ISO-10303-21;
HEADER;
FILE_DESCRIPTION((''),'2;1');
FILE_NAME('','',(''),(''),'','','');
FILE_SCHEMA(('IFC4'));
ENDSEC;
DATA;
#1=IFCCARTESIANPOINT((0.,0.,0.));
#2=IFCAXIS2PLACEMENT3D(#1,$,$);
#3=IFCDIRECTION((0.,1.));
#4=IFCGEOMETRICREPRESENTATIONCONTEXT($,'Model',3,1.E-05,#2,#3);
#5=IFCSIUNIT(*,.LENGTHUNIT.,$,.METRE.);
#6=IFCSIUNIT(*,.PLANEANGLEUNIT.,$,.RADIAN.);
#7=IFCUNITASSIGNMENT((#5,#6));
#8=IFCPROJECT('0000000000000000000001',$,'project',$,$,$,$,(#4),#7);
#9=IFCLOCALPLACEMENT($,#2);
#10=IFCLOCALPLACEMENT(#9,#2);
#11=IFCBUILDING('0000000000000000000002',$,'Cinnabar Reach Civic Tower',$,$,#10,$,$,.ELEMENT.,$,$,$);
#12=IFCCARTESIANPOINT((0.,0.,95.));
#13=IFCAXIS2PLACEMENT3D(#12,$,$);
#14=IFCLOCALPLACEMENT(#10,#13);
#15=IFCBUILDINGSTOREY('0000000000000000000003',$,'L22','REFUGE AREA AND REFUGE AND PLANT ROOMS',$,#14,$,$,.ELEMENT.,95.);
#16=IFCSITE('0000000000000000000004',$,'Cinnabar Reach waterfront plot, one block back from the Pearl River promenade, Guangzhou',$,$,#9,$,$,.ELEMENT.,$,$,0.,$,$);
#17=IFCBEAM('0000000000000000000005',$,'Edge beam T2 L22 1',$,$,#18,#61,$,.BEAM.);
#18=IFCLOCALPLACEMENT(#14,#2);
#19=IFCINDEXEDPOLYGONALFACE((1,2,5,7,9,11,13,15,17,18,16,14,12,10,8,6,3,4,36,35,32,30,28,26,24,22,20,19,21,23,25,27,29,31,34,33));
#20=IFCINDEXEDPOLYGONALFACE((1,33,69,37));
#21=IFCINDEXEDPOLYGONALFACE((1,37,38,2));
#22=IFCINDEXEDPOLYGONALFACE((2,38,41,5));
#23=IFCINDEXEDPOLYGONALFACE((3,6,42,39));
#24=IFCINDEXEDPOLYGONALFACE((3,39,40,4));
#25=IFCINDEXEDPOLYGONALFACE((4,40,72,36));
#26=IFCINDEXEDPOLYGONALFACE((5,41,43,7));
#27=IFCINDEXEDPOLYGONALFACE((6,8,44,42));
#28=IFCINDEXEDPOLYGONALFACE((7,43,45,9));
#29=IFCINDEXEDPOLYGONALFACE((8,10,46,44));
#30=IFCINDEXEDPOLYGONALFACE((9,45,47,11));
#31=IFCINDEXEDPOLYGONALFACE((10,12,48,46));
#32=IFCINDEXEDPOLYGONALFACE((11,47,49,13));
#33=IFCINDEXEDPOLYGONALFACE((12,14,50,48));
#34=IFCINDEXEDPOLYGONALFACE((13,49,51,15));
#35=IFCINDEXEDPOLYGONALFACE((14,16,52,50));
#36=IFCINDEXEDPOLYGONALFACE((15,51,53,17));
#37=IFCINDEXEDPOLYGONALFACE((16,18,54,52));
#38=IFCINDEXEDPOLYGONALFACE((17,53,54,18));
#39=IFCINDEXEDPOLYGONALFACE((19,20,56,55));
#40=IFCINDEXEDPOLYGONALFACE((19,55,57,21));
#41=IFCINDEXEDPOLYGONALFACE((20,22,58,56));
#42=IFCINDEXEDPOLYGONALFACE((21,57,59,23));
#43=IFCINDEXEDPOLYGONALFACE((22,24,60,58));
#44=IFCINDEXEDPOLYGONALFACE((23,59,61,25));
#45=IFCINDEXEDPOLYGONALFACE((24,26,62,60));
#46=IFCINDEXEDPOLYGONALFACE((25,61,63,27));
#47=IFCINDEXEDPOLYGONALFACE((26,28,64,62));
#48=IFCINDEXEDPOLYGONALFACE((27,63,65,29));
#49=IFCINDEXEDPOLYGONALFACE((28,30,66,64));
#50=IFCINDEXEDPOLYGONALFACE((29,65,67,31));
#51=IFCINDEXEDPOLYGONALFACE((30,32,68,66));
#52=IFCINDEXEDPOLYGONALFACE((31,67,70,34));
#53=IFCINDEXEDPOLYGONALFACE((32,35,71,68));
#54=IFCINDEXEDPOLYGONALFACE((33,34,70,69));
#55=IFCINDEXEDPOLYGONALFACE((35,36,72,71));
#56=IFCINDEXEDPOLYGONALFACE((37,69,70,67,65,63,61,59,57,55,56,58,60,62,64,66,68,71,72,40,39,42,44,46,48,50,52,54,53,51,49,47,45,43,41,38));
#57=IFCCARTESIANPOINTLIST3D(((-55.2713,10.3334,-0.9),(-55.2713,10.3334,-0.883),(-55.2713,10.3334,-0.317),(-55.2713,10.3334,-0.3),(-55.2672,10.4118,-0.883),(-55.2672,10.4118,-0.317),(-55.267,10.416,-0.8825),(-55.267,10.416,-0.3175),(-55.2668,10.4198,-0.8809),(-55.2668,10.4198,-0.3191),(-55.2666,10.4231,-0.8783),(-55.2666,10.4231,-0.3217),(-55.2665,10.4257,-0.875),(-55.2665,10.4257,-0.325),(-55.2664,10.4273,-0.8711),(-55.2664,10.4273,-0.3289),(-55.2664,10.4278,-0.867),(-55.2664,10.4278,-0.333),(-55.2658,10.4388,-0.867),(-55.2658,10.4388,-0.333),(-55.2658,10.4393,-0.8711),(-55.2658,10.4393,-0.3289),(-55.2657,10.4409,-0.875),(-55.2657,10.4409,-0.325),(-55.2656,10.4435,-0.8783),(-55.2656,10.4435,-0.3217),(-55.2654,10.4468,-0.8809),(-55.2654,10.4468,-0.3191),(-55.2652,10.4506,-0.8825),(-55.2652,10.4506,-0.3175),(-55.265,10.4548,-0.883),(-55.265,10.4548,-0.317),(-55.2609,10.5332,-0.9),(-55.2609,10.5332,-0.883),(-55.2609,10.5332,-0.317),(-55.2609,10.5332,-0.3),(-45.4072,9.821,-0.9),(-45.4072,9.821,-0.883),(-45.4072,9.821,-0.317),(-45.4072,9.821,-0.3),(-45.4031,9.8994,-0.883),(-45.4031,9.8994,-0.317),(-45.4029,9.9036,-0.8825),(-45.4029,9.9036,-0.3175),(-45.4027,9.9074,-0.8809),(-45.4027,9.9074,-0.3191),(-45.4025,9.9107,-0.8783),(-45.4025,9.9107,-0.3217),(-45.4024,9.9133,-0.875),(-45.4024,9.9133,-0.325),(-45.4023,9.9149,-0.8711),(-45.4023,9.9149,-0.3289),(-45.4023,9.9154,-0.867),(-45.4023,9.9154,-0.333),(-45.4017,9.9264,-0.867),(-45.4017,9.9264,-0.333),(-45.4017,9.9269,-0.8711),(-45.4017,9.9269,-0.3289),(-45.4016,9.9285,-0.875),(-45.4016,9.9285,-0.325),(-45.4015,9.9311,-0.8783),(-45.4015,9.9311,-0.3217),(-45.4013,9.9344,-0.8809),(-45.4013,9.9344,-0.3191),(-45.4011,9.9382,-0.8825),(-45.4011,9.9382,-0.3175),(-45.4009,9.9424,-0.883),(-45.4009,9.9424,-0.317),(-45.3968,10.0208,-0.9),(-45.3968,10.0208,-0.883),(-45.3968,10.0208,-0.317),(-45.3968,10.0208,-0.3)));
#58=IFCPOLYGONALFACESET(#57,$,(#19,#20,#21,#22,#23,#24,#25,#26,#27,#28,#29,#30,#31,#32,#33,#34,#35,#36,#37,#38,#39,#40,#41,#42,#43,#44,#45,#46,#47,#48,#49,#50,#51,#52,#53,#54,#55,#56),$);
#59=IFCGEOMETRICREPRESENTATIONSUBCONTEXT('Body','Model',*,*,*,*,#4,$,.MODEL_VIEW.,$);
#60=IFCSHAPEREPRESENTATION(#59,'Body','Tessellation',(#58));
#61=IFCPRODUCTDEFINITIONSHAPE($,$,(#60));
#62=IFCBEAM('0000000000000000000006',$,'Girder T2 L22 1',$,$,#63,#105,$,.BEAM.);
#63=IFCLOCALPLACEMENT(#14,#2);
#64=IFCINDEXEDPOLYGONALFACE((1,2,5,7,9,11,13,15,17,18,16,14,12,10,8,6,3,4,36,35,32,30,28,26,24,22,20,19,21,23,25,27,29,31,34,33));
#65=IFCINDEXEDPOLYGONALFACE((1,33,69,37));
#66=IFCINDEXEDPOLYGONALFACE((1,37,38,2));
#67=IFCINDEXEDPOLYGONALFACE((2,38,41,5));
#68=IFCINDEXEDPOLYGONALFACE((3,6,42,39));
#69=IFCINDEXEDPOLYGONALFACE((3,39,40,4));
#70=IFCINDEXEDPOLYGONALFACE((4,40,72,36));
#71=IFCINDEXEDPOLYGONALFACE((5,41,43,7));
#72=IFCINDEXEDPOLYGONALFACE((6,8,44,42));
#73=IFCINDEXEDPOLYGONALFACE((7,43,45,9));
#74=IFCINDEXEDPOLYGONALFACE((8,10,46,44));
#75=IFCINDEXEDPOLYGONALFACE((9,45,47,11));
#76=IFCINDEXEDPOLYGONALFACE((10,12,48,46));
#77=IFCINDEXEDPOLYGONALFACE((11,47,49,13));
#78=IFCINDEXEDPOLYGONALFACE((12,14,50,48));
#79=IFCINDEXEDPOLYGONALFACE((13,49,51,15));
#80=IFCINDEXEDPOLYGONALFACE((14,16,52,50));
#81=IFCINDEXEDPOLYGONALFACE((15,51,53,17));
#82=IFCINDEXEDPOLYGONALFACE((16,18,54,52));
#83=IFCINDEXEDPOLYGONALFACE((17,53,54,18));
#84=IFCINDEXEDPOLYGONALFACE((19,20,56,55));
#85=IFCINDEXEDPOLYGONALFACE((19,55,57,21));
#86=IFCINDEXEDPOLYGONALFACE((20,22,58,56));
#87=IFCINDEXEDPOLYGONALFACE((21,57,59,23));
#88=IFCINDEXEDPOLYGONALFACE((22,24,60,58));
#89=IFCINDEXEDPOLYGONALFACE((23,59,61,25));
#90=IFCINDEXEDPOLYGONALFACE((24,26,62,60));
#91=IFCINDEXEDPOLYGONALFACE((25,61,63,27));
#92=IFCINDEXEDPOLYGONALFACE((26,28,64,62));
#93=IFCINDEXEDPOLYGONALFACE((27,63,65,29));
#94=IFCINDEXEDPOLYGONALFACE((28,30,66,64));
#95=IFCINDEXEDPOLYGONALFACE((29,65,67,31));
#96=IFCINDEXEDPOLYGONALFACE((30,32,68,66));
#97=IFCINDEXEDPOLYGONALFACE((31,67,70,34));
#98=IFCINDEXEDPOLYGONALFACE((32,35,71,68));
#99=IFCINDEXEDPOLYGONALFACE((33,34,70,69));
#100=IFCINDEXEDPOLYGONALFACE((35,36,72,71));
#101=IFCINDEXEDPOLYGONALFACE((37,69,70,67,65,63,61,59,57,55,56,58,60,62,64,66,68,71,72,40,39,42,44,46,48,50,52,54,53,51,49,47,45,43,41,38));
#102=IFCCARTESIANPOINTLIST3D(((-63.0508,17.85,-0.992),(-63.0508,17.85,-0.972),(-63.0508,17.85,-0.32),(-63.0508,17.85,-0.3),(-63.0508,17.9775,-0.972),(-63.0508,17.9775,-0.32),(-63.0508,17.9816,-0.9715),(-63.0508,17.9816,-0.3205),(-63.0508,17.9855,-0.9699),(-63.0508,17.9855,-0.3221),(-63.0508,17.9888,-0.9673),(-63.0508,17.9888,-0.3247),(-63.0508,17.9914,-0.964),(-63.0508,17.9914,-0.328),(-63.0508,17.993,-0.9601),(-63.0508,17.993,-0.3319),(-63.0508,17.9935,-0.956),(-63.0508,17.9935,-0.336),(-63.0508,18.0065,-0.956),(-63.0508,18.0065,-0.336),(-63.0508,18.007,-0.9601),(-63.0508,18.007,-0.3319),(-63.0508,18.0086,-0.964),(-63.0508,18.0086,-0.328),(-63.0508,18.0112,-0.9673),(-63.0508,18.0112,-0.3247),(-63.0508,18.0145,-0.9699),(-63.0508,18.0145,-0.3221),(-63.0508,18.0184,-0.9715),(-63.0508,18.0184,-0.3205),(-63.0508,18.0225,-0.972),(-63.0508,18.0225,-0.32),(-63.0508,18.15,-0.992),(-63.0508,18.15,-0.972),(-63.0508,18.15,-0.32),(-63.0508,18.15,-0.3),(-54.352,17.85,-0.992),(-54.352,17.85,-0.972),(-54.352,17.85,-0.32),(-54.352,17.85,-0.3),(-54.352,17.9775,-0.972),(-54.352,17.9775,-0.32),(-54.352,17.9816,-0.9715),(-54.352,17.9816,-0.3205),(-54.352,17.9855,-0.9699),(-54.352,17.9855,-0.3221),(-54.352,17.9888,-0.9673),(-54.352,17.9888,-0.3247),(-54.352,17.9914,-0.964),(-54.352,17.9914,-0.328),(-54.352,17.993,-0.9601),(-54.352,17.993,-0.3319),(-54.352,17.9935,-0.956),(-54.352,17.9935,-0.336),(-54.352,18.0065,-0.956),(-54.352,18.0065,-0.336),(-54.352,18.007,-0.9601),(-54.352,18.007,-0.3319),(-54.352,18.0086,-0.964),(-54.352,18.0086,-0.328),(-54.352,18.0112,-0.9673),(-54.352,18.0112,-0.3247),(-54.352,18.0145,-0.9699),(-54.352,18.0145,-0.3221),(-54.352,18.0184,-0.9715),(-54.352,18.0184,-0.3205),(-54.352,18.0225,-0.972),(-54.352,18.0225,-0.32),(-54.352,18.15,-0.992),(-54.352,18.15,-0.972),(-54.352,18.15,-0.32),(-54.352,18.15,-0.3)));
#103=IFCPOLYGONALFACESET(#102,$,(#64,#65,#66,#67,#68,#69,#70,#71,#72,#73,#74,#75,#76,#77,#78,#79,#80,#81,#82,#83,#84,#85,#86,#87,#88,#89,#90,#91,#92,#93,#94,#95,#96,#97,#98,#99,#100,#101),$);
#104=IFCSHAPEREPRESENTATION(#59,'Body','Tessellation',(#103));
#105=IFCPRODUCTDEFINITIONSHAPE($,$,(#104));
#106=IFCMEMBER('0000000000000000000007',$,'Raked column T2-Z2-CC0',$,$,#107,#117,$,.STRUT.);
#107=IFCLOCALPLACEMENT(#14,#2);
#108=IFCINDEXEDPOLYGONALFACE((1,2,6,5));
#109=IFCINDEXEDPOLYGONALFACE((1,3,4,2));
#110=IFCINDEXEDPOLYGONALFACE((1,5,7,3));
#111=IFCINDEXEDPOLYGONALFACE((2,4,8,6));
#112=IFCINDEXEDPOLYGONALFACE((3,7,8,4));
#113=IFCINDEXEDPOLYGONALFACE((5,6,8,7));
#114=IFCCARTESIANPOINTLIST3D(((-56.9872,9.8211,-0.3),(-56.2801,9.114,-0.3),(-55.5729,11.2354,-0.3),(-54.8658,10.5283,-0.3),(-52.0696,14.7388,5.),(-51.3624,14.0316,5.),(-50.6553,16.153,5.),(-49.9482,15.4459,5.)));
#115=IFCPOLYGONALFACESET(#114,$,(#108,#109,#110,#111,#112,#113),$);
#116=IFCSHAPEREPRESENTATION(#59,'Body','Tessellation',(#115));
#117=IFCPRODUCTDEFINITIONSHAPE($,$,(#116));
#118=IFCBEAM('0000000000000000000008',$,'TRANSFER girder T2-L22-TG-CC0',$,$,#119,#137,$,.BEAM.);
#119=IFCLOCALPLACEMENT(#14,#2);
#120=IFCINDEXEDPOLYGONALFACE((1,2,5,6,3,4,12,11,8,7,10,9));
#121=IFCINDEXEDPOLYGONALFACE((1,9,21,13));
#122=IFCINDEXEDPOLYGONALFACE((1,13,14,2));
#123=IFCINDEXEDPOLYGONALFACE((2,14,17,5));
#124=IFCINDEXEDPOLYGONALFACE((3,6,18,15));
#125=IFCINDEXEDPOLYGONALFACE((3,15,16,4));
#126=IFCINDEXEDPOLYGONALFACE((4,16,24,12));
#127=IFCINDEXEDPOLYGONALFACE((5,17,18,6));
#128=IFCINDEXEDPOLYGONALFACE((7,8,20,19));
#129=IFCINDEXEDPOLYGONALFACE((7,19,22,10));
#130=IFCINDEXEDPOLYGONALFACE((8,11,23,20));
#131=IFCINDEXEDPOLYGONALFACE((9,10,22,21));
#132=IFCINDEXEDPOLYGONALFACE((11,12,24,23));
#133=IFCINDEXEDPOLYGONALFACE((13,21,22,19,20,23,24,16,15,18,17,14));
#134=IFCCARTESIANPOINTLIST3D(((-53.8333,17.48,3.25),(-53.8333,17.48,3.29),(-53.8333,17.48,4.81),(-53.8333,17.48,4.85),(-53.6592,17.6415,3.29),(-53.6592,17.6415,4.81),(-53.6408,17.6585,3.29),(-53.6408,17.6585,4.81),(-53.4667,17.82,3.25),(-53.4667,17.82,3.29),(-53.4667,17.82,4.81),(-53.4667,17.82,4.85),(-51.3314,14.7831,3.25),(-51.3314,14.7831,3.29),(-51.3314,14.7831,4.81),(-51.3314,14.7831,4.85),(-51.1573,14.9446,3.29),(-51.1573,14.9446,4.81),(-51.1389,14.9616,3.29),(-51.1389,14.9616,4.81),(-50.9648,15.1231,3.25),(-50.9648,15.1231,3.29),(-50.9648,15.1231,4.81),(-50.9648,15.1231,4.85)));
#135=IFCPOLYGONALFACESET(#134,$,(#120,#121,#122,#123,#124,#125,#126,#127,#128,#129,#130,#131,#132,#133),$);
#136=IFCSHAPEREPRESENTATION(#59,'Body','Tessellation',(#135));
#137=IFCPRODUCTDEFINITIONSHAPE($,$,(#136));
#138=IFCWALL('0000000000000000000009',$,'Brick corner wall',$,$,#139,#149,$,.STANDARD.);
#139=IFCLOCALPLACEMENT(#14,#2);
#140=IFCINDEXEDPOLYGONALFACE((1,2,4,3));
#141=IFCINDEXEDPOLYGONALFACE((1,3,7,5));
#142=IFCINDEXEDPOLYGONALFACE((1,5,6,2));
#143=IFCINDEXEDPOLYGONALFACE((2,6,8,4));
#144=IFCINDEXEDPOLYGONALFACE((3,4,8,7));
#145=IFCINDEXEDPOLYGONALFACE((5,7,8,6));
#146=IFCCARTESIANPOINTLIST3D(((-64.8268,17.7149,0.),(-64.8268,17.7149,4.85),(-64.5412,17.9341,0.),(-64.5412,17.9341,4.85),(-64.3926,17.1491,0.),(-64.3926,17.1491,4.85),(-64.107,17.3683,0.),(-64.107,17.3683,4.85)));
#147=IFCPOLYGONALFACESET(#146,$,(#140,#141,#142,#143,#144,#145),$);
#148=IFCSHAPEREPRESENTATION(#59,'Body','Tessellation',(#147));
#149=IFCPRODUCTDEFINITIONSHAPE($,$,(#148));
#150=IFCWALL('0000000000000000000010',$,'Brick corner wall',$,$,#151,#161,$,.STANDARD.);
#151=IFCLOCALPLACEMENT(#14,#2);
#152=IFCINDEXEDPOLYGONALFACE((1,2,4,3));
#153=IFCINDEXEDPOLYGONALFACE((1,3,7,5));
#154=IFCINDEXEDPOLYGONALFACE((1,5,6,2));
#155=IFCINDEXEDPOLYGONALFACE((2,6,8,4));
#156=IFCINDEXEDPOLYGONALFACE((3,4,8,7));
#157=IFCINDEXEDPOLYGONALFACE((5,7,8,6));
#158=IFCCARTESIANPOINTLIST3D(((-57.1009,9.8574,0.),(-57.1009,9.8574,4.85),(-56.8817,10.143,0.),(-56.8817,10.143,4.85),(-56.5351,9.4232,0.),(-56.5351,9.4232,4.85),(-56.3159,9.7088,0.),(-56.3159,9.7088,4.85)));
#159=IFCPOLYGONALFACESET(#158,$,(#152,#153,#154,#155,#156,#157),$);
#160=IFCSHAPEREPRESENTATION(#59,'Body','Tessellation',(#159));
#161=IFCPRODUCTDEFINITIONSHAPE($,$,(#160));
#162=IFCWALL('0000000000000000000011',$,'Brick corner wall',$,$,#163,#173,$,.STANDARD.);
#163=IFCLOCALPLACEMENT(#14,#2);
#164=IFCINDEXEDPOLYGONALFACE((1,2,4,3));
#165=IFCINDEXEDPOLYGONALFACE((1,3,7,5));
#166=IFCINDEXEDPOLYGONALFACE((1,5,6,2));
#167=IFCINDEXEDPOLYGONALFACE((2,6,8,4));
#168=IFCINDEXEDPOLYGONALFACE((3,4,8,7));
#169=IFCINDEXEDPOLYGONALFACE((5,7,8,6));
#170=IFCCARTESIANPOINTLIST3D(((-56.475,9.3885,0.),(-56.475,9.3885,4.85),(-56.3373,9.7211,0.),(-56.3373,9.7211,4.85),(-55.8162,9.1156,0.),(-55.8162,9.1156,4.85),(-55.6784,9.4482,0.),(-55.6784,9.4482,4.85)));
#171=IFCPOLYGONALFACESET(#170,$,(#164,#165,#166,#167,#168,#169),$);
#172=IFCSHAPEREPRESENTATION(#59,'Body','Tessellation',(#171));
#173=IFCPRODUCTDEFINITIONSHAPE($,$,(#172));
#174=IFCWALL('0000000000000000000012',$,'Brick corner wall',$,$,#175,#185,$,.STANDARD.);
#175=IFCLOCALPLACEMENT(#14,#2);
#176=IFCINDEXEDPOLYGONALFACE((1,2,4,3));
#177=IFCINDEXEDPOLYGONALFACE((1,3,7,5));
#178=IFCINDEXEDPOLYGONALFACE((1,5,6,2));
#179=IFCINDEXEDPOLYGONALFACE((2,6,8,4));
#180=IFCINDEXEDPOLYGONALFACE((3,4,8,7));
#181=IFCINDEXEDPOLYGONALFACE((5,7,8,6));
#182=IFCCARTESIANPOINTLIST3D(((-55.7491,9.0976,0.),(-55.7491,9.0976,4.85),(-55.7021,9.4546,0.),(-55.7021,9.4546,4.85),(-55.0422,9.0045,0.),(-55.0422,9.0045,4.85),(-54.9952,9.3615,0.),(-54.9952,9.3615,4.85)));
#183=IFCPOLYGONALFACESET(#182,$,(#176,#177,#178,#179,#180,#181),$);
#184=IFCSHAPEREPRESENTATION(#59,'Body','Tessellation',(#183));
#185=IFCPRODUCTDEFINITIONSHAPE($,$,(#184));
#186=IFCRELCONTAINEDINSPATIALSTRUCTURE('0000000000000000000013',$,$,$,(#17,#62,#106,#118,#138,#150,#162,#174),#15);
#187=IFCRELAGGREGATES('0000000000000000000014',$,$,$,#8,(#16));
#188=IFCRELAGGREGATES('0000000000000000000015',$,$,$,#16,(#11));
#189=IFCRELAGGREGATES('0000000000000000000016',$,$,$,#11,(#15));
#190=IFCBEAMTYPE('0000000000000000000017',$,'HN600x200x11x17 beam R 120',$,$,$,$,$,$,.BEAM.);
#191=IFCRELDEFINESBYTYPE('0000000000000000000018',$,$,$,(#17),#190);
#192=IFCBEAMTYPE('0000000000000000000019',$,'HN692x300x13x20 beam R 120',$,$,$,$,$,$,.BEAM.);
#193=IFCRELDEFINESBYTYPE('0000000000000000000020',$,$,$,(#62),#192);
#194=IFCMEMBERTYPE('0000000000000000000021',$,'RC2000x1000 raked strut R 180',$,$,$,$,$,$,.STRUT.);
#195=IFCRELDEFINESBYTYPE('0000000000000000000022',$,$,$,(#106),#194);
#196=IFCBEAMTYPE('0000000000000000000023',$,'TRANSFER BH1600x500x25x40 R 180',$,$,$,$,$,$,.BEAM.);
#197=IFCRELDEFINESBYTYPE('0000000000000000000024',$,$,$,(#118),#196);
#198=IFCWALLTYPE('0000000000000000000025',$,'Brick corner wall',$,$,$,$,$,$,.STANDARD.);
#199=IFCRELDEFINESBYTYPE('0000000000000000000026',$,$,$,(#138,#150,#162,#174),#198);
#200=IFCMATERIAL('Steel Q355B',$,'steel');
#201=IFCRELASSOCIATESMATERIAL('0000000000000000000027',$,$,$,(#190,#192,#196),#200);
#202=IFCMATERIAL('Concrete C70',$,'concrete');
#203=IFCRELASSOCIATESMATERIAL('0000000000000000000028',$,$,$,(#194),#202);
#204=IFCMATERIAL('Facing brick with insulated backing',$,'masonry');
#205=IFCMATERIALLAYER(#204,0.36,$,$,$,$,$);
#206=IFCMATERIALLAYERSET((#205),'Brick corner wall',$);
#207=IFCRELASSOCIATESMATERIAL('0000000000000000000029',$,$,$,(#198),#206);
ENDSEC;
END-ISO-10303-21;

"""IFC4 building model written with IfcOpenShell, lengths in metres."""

from ifc_helpers import new_model, si_unit, direction, frame, frame_2d, origin, origin_2d, place, context, subcontext, project, spatial, rectangle, i_section, extrude, material, layer, layer_set, material_profile, profile_set, type_object, element, save


model = new_model("IFC4")

# Units and contexts
model_context = context("Model", 3, precision=1e-05, world=origin(), true_north=direction((0.0, 1.0)))
body_context = subcontext(model_context, "Body", "Model", "MODEL_VIEW")
ifc_project = project(units=[si_unit("LENGTHUNIT", "METRE"), si_unit("PLANEANGLEUNIT", "RADIAN")], contexts=[model_context])

# Site, building, storey
site_placement = place(None, origin())
site = spatial("IfcSite", under=ifc_project, at=site_placement, Name="Cinnabar Reach waterfront plot, one block back from the Pearl River promenade, Guangzhou", CompositionType="ELEMENT", RefElevation=0.0)
building_placement = place(site_placement, origin())
building = spatial("IfcBuilding", under=site, at=building_placement, Name="Cinnabar Reach Civic Tower", CompositionType="ELEMENT")
storey_placement = place(building_placement, frame((0.0, 0.0, 95.0)))
storey = spatial("IfcBuildingStorey", under=building, at=storey_placement, Name="L22", Description="REFUGE AREA AND REFUGE AND PLANT ROOMS", CompositionType="ELEMENT", Elevation=95.0)

# Shared definitions
ifc_material_1 = material(Name="Concrete C70", Category="concrete")

# Beams
ifc_material_2 = material(Name="Steel Q355B", Category="steel")
ifc_material_profile_1 = material_profile(ifc_material_2, i_section(OverallWidth=0.2, OverallDepth=0.6, WebThickness=0.011, FlangeThickness=0.017, FilletRadius=0.016, at=origin_2d()), Name="HN600x200x11x17")
ifc_profile_set_1 = profile_set([ifc_material_profile_1], Name="Steel Q355B")
beam_type_1 = type_object("IfcBeamType", Name="HN600x200x11x17 beam R 120", PredefinedType="BEAM", material=ifc_profile_set_1)
beam_1_placement = place(storey_placement, frame((-55.2661, 10.4333, -0.6), z_axis=(0.998654, -0.051876, 0.0), x_axis=(0.051876, 0.998654, 0.0)))
element("IfcBeam", 1, at=beam_1_placement, inside=storey, type_object=beam_type_1, Name="Edge beam T2 L22 1", PredefinedType="BEAM", context=body_context, shape_type="SweptSolid", body=[
    extrude(i_section(OverallWidth=0.2, OverallDepth=0.6, WebThickness=0.011, FlangeThickness=0.017, FilletRadius=0.016, at=origin_2d()), origin(), (0.0, 0.0, 1.0), 9.8774),
])
ifc_material_profile_2 = material_profile(ifc_material_2, i_section(OverallWidth=0.3, OverallDepth=0.692, WebThickness=0.013, FlangeThickness=0.02, FilletRadius=0.016, at=origin_2d()), Name="HN692x300x13x20")
ifc_profile_set_2 = profile_set([ifc_material_profile_2], Name="Steel Q355B")
beam_type_2 = type_object("IfcBeamType", Name="HN692x300x13x20 beam R 120", PredefinedType="BEAM", material=ifc_profile_set_2)
beam_2_placement = place(storey_placement, frame((-63.0508, 18.0, -0.646), z_axis=(1.0, 0.0, 0.0), x_axis=(0.0, 1.0, 0.0)))
element("IfcBeam", 2, at=beam_2_placement, inside=storey, type_object=beam_type_2, Name="Girder T2 L22 1", PredefinedType="BEAM", context=body_context, shape_type="SweptSolid", body=[
    extrude(i_section(OverallWidth=0.3, OverallDepth=0.692, WebThickness=0.013, FlangeThickness=0.02, FilletRadius=0.016, at=origin_2d()), origin(), (0.0, 0.0, 1.0), 8.6988),
])

# Member
ifc_material_profile_3 = material_profile(ifc_material_1, rectangle(XDim=2.0, YDim=1.0, at=origin_2d()), Name="RC2000x1000")
ifc_profile_set_3 = profile_set([ifc_material_profile_3], Name="Concrete C70")
member_type = type_object("IfcMemberType", Name="RC2000x1000 raked strut R 180", PredefinedType="STRUT", material=ifc_profile_set_3)
member_placement = place(storey_placement, frame((-55.9265, 10.1747, -0.3), z_axis=(0.0, 0.0, 1.0), x_axis=(0.707107, 0.707107, 0.0)))
element("IfcMember", 3, at=member_placement, inside=storey, type_object=member_type, Name="Raked column T2-Z2-CC0", PredefinedType="STRUT", context=body_context, shape_type="SweptSolid", body=[
    extrude(rectangle(XDim=2.0, YDim=1.0, at=origin_2d()), origin(), (0.79536, 0.0, 0.606138), 8.7439),
])

# Beam
ifc_material_profile_4 = material_profile(ifc_material_2, i_section(OverallWidth=0.5, OverallDepth=1.6, WebThickness=0.025, FlangeThickness=0.04, at=origin_2d()), Name="BH1600x500x25x40")
ifc_profile_set_4 = profile_set([ifc_material_profile_4], Name="Steel Q355B")
beam_type_3 = type_object("IfcBeamType", Name="TRANSFER BH1600x500x25x40 R 180", PredefinedType="BEAM", material=ifc_profile_set_4)
beam_3_placement = place(storey_placement, frame((-53.65, 17.65, 4.05), z_axis=(0.680106, -0.733114, 0.0), x_axis=(0.733114, 0.680106, 0.0)))
element("IfcBeam", 4, at=beam_3_placement, inside=storey, type_object=beam_type_3, Name="TRANSFER girder T2-L22-TG-CC0", PredefinedType="BEAM", context=body_context, shape_type="SweptSolid", body=[
    extrude(i_section(OverallWidth=0.5, OverallDepth=1.6, WebThickness=0.025, FlangeThickness=0.04, at=origin_2d()), origin(), (0.0, 0.0, 1.0), 3.6787),
])

# Walls
ifc_material_3 = material(Name="Facing brick with insulated backing", Category="masonry")
ifc_layer_1 = layer(ifc_material_3, 0.36)
ifc_layer_set_1 = layer_set([ifc_layer_1], Name="Brick corner wall")
wall_type_1 = type_object("IfcWallType", Name="Brick corner wall", PredefinedType="STANDARD", material=ifc_layer_set_1)
for number, where, z_axis, x_axis, name in (
    (5, (-64.684, 17.8245, 0.0), (0.0, 0.0, 1.0), (0.608802, -0.793322, 0.0), "Brick corner wall"),
    (6, (-56.9913, 10.0002, 0.0), (0.0, 0.0, 1.0), (0.793322, -0.608802, 0.0), "Brick corner wall"),
):
    element("IfcWall", number, at=place(storey_placement, frame(where, z_axis=z_axis, x_axis=x_axis)), inside=storey, type_object=wall_type_1, Name=name, PredefinedType="STANDARD", context=body_context, shape_type="SweptSolid", body=[
        extrude(rectangle(XDim=0.7132, YDim=0.36, at=frame_2d((0.3566, 0.0))), origin(), (0.0, 0.0, 1.0), 4.85),
    ])
for number, where, z_axis, x_axis, name in (
    (7, (-56.4061, 9.5548, 0.0), (0.0, 0.0, 1.0), (0.923872, -0.382703, 0.0), "Brick corner wall"),
    (8, (-55.7256, 9.2761, 0.0), (0.0, 0.0, 1.0), (0.991441, -0.130556, 0.0), "Brick corner wall"),
):
    element("IfcWall", number, at=place(storey_placement, frame(where, z_axis=z_axis, x_axis=x_axis)), inside=storey, type_object=wall_type_1, Name=name, PredefinedType="STANDARD", context=body_context, shape_type="SweptSolid", body=[
        extrude(rectangle(XDim=0.7131, YDim=0.36, at=frame_2d((0.3565, 0.0))), origin(), (0.0, 0.0, 1.0), 4.85),
    ])

save(model, "model.ifc")
